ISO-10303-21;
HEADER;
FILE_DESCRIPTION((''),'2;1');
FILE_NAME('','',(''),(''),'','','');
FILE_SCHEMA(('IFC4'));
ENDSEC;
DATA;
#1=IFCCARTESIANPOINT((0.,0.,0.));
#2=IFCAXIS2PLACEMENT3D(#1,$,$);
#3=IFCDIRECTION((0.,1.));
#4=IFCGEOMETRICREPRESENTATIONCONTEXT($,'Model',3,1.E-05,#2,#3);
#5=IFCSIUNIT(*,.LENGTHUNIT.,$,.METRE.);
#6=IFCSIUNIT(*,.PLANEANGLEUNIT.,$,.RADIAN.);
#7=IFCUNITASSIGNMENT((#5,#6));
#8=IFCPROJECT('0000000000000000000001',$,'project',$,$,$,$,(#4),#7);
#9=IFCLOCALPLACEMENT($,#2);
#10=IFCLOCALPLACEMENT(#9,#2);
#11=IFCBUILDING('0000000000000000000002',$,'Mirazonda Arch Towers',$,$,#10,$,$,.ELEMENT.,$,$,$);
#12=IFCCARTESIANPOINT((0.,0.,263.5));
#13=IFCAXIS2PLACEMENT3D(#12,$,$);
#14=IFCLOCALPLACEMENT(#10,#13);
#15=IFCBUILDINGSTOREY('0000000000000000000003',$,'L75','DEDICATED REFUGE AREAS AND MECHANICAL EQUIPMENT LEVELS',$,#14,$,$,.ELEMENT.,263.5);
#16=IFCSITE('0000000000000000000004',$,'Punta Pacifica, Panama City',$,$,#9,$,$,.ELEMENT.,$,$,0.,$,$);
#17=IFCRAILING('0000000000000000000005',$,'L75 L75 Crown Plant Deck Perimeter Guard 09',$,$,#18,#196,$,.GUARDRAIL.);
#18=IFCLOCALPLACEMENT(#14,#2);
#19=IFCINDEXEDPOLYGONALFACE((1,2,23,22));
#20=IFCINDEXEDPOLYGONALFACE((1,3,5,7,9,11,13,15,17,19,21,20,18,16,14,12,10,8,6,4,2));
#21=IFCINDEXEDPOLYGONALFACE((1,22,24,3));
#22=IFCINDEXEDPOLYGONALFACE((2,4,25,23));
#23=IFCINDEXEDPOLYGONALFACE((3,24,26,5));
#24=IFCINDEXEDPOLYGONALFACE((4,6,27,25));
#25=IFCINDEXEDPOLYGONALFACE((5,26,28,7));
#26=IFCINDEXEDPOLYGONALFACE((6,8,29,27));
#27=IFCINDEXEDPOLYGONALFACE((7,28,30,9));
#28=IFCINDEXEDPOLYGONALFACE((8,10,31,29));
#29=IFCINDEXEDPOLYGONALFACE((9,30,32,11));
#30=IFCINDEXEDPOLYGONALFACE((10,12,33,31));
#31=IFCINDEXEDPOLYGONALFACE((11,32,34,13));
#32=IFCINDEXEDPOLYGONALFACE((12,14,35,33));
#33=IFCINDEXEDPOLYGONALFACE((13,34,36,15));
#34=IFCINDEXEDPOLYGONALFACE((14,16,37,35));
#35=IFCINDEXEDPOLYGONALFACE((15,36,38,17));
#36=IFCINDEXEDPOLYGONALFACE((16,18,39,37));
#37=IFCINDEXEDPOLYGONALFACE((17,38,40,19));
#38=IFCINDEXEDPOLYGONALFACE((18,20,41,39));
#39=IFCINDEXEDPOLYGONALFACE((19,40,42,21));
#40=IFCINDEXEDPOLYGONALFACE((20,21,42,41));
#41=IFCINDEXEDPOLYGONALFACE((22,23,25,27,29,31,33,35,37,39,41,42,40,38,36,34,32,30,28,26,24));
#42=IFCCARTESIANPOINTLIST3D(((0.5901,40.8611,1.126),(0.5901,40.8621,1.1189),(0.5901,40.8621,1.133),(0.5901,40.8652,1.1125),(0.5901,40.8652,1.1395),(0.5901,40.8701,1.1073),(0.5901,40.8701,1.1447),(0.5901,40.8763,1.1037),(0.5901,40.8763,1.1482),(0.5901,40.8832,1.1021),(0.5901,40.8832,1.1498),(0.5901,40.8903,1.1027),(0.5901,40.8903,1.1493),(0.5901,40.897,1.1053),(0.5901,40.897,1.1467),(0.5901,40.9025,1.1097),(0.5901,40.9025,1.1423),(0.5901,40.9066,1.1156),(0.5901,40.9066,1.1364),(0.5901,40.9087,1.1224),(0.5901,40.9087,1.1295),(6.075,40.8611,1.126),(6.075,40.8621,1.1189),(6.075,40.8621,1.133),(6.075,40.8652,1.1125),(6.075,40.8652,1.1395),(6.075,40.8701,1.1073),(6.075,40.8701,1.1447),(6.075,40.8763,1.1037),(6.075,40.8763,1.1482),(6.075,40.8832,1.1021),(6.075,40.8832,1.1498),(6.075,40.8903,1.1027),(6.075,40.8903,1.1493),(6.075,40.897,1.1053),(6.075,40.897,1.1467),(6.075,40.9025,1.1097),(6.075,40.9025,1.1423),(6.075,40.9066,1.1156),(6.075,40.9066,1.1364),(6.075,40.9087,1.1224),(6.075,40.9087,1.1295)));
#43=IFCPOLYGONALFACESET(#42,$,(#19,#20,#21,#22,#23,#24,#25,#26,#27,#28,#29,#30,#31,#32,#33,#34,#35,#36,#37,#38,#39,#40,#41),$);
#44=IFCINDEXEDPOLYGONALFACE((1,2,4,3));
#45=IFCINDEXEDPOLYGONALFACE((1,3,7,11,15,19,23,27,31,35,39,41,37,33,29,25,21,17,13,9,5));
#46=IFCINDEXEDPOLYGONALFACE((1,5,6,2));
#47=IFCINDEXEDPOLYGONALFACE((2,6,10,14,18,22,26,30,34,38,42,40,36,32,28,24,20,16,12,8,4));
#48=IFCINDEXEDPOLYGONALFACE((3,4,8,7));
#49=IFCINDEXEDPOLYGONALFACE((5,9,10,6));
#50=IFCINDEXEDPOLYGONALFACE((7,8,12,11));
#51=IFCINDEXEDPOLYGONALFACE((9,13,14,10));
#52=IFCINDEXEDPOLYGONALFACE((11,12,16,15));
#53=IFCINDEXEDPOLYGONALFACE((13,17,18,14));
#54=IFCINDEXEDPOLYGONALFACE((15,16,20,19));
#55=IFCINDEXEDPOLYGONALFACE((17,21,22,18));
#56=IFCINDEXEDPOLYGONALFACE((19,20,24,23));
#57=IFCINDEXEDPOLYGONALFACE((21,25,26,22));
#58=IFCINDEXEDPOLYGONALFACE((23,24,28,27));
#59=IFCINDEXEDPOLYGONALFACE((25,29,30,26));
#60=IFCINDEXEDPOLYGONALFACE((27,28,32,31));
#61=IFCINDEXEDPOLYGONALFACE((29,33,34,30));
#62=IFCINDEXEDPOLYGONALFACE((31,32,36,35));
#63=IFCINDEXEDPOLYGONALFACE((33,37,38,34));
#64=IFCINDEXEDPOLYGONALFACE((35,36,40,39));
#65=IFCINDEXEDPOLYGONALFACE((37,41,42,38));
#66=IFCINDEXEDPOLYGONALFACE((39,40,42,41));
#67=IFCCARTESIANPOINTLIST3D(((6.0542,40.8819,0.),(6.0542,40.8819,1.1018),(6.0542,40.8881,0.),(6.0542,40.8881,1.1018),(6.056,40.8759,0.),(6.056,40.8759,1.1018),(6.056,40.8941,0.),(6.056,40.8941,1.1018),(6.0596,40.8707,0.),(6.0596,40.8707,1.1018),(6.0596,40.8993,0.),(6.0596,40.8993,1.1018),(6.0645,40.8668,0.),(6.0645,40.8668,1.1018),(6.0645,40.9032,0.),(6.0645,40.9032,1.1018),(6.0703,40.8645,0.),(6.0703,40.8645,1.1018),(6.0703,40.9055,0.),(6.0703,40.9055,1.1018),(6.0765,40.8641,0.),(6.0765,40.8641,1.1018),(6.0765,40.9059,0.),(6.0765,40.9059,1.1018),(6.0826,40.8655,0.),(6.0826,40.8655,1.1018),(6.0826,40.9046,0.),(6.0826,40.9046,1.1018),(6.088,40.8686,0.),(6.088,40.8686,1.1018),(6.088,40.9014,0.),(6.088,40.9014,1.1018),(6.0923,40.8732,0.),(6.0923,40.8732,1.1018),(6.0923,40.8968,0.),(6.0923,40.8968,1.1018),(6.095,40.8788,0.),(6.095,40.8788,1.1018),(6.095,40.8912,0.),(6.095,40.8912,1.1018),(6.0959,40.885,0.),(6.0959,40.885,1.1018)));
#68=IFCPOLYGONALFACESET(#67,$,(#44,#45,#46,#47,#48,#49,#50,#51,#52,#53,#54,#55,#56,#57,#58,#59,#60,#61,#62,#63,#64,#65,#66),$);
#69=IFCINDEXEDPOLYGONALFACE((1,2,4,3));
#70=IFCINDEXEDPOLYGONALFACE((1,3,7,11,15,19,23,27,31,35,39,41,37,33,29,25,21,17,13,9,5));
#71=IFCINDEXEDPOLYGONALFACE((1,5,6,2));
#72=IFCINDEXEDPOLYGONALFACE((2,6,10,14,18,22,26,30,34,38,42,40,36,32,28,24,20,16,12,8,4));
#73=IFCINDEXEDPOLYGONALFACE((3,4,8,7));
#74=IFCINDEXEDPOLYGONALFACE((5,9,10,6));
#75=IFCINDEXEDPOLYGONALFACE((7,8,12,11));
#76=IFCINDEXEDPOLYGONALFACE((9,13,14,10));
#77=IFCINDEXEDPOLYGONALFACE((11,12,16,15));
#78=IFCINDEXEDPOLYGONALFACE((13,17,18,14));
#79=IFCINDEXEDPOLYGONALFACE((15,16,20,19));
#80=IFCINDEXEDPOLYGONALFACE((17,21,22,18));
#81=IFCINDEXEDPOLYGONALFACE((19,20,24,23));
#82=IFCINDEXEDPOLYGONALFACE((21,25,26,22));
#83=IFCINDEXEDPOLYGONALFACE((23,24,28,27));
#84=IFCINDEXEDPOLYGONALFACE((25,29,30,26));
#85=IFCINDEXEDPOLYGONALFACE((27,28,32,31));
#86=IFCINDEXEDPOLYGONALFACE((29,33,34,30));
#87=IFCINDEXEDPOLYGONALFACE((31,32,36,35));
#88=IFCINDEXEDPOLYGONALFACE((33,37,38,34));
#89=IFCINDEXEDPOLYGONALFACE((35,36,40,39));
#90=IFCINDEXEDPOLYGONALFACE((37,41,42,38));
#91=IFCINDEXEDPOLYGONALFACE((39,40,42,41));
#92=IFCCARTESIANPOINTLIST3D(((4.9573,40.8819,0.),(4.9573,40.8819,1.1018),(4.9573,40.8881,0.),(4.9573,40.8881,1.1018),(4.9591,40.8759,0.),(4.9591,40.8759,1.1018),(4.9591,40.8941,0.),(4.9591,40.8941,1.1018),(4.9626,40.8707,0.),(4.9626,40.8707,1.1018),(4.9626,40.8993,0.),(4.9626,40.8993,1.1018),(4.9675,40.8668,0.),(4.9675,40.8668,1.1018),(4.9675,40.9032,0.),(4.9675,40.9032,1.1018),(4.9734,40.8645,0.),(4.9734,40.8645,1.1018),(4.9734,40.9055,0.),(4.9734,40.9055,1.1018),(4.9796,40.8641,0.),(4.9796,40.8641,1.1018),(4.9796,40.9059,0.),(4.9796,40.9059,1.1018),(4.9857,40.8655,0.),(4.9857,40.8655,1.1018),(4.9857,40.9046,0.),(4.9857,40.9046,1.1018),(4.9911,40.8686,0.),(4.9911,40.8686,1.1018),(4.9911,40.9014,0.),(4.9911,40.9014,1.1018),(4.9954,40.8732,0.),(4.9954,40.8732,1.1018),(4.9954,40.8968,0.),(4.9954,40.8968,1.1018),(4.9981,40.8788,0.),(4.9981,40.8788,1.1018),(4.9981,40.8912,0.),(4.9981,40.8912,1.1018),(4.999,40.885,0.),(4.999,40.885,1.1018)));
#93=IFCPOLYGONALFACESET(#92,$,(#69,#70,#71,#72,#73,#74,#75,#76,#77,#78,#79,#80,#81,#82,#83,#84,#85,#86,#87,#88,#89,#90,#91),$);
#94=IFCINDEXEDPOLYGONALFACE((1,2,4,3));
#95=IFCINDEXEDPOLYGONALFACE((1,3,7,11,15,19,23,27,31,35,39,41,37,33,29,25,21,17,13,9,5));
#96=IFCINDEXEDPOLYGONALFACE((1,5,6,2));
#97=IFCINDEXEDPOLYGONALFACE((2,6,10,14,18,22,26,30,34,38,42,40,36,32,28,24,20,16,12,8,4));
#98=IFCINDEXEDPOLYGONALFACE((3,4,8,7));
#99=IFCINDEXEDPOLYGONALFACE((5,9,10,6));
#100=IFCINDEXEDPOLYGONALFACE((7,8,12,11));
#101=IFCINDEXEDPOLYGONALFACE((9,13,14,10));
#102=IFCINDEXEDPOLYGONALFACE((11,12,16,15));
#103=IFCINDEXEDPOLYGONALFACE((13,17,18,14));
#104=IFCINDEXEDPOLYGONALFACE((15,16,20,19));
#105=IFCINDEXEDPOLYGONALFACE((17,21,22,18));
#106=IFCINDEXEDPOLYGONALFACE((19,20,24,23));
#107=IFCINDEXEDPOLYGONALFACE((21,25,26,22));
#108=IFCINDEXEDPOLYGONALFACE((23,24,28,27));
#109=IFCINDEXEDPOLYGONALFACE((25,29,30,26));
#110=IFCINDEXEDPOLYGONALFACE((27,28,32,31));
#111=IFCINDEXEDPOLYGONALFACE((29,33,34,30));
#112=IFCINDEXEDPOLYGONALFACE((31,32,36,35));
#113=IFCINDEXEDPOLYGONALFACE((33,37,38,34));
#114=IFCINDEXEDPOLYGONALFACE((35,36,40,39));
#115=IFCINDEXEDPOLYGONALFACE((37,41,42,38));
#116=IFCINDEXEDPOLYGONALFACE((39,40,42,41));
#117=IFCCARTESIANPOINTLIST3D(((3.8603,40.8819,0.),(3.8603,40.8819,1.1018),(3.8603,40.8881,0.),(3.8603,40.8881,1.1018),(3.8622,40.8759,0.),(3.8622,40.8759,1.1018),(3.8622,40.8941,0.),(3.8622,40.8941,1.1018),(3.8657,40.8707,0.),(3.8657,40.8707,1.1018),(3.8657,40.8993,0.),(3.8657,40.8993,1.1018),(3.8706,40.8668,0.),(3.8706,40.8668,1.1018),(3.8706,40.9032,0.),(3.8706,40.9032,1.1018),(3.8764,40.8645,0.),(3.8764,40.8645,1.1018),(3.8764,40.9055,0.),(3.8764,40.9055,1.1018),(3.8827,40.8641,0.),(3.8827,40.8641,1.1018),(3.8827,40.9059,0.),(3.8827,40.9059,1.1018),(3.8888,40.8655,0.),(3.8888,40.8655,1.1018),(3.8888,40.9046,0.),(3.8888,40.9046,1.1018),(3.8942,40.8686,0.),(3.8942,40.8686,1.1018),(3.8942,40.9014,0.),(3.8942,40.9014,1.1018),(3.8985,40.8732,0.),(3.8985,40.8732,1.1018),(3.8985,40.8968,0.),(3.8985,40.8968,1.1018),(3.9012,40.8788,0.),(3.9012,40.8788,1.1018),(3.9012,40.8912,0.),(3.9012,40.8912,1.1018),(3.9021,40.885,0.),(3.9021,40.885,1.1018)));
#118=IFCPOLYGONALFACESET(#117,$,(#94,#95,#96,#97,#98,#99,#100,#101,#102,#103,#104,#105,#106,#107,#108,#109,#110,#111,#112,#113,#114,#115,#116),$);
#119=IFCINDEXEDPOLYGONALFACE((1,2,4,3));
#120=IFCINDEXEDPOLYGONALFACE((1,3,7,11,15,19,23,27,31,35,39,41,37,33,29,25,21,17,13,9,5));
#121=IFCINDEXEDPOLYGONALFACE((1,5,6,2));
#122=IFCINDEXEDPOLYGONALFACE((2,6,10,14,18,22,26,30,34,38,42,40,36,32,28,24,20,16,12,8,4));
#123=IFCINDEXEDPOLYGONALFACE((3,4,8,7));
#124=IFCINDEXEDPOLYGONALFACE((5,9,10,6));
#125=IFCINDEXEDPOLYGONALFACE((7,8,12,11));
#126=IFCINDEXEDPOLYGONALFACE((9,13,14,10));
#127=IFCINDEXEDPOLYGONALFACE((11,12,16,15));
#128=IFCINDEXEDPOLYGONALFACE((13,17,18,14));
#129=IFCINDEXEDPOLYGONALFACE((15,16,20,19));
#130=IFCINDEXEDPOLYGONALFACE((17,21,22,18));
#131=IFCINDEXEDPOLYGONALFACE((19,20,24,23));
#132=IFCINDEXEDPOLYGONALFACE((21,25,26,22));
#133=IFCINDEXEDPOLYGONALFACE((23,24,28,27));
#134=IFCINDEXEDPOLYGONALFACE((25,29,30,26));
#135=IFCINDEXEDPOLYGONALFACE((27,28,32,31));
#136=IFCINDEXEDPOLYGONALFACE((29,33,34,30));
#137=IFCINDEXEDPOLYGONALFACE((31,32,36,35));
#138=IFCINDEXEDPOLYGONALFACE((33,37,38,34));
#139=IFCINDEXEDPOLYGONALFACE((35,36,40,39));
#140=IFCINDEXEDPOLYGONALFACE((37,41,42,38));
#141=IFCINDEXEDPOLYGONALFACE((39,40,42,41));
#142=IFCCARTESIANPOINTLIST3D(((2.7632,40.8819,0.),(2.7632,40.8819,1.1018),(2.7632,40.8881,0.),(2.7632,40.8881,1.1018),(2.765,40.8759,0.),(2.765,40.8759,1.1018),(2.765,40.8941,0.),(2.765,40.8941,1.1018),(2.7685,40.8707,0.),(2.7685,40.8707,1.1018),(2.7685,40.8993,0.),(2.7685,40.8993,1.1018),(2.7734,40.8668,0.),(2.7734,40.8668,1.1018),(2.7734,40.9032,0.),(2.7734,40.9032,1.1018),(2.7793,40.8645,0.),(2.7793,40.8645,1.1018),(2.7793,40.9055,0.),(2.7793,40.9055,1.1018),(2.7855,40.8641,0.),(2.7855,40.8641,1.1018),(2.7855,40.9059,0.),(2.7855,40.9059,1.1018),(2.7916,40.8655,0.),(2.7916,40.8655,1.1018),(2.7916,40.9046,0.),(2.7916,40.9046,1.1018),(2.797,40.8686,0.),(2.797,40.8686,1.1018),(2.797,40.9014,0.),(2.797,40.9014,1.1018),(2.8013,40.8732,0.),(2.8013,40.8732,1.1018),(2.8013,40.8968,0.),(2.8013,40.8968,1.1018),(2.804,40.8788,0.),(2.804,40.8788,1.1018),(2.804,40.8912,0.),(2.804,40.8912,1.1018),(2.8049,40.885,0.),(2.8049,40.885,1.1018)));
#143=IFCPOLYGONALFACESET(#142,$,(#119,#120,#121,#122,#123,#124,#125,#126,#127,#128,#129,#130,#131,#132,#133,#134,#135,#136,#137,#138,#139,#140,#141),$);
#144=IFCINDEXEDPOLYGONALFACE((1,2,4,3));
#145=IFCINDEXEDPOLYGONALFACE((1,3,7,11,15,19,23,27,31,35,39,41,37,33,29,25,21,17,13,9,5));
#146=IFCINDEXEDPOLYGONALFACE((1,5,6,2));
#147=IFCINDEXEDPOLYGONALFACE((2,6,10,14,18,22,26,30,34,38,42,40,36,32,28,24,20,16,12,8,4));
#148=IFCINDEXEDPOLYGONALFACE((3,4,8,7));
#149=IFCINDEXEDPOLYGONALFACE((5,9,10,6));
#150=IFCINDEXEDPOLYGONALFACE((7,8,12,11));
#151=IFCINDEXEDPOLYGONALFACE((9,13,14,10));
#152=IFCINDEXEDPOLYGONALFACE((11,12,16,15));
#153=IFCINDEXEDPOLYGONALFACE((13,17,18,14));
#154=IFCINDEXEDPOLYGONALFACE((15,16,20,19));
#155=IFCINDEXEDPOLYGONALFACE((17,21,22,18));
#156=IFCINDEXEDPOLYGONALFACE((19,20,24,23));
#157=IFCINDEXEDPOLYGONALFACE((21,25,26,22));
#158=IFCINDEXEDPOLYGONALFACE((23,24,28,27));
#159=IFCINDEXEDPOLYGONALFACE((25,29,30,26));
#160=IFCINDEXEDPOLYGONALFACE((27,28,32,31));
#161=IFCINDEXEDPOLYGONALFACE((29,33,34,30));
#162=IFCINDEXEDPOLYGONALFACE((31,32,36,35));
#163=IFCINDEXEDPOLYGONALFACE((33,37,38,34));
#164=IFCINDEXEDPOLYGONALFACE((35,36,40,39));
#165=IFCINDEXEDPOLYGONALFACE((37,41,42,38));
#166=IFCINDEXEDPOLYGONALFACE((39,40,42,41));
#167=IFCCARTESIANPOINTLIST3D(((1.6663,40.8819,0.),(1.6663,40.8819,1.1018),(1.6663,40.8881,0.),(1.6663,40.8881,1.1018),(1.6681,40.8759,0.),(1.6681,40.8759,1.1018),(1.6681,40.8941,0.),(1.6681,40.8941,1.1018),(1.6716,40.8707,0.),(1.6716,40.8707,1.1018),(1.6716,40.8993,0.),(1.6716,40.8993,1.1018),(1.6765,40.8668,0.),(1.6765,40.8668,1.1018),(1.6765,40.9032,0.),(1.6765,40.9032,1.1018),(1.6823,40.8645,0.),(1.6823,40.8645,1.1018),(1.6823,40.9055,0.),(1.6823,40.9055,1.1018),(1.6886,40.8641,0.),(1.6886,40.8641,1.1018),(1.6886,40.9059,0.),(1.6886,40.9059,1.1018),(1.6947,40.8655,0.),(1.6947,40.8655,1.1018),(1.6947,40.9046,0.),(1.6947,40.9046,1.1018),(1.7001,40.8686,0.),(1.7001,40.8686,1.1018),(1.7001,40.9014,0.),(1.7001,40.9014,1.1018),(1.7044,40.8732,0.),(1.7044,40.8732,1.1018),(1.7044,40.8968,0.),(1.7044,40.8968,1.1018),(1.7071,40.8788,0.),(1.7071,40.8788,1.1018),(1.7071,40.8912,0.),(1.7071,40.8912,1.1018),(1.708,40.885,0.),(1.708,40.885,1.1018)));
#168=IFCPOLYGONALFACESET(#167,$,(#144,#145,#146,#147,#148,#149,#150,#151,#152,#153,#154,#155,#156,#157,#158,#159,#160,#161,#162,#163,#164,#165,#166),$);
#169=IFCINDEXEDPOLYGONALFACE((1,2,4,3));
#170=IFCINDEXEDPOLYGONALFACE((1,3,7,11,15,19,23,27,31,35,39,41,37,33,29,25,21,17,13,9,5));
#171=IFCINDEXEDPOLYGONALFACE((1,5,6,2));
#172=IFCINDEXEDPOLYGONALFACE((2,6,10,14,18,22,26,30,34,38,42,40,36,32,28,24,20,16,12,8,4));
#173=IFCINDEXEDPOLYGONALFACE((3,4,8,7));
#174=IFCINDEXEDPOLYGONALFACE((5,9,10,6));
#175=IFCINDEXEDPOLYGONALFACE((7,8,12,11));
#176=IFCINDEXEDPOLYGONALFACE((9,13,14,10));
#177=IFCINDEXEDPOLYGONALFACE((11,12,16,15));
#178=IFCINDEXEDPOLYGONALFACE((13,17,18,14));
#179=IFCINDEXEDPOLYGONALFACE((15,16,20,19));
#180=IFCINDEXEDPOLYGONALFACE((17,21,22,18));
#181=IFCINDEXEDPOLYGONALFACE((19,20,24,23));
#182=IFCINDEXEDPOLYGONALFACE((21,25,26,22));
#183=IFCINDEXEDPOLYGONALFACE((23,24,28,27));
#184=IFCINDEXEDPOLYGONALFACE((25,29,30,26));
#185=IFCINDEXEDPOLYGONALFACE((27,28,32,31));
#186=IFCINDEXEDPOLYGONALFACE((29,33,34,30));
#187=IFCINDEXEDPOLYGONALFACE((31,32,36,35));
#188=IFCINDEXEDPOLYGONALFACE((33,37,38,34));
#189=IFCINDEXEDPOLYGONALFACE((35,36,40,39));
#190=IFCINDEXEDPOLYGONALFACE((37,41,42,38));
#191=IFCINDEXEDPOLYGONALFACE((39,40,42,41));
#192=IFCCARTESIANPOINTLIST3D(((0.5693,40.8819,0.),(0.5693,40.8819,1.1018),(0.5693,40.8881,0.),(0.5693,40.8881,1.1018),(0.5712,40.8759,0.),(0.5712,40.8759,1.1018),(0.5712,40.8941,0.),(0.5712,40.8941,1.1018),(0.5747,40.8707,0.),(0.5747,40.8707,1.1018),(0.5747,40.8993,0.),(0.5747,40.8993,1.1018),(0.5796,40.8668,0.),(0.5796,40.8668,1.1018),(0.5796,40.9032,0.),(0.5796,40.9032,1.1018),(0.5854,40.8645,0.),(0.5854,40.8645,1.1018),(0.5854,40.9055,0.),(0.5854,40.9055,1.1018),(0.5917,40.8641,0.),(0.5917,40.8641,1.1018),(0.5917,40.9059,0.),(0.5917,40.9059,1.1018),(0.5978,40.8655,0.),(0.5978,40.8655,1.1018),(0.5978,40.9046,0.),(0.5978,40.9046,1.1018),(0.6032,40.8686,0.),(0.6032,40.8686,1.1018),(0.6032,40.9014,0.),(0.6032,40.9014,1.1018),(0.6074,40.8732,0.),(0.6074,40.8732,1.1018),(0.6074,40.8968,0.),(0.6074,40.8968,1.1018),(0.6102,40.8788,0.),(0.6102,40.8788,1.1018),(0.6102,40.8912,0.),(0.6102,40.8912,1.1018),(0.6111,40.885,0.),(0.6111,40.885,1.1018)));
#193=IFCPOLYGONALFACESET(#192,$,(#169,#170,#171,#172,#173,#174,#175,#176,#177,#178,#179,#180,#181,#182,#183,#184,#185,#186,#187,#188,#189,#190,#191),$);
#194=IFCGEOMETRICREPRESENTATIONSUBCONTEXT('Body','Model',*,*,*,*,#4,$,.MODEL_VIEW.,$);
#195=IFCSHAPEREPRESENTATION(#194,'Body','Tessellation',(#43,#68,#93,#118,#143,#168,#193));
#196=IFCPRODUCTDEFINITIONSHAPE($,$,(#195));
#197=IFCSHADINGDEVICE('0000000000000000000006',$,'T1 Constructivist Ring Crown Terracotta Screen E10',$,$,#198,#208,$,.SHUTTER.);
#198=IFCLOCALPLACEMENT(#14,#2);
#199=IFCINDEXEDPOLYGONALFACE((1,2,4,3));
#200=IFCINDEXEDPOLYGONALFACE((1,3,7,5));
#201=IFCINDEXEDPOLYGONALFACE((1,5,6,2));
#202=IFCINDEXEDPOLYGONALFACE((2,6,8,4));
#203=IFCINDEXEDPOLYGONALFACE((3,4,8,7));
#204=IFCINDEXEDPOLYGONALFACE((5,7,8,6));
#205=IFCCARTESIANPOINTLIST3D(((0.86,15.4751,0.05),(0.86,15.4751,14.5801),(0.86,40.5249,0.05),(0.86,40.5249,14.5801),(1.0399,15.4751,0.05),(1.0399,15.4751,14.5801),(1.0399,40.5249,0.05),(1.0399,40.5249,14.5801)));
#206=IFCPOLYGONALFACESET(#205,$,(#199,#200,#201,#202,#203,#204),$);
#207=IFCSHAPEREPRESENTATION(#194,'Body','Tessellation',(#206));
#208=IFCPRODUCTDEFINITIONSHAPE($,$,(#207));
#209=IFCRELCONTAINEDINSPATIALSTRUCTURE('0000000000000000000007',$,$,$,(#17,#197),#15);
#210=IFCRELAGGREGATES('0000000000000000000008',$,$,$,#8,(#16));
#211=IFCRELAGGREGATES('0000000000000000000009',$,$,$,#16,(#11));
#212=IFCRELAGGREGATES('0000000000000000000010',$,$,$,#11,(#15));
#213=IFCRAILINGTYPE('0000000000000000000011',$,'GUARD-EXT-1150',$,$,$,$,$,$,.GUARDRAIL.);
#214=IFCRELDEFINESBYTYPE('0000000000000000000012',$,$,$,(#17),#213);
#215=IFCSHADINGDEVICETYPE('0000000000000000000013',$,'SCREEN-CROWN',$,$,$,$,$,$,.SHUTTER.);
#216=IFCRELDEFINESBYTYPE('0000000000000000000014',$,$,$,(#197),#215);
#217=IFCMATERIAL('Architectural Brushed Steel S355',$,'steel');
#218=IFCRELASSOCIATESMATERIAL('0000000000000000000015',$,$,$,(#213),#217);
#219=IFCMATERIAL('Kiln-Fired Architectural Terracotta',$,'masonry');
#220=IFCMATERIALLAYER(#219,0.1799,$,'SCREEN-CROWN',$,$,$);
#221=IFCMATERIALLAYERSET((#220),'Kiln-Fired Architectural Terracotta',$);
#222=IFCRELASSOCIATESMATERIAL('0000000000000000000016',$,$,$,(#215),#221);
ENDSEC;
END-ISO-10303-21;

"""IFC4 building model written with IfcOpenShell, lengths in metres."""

from ifc_helpers import new_model, si_unit, direction, frame, frame_2d, origin, origin_2d, place, context, subcontext, project, spatial, rectangle, circle, extrude, material, layer, layer_set, type_object, element, save


model = new_model("IFC4")

# Units and contexts
model_context = context("Model", 3, precision=1e-05, world=origin(), true_north=direction((0.0, 1.0)))
body_context = subcontext(model_context, "Body", "Model", "MODEL_VIEW")
ifc_project = project(units=[si_unit("LENGTHUNIT", "METRE"), si_unit("PLANEANGLEUNIT", "RADIAN")], contexts=[model_context])

# Site, building, storey
site_placement = place(None, origin())
site = spatial("IfcSite", under=ifc_project, at=site_placement, Name="Punta Pacifica, Panama City", CompositionType="ELEMENT", RefElevation=0.0)
building_placement = place(site_placement, origin())
building = spatial("IfcBuilding", under=site, at=building_placement, Name="Mirazonda Arch Towers", CompositionType="ELEMENT")
storey_placement = place(building_placement, frame((0.0, 0.0, 263.5)))
storey = spatial("IfcBuildingStorey", under=building, at=storey_placement, Name="L75", Description="DEDICATED REFUGE AREAS AND MECHANICAL EQUIPMENT LEVELS", CompositionType="ELEMENT", Elevation=263.5)

# Railing
ifc_material_1 = material(Name="Architectural Brushed Steel S355", Category="steel")
railing_type = type_object("IfcRailingType", Name="GUARD-EXT-1150", PredefinedType="GUARDRAIL", material=ifc_material_1)
railing_1_placement = place(storey_placement, frame((6.075, 40.885, 0.0)))
element("IfcRailing", 1, at=railing_1_placement, inside=storey, type_object=railing_type, Name="L75 L75 Crown Plant Deck Perimeter Guard 09", PredefinedType="GUARDRAIL", context=body_context, shape_type="SweptSolid", body=[
    extrude(circle(Radius=0.0239, at=origin_2d()), frame((0.0, 0.0, 1.126), z_axis=(-1.0, 0.0, 0.0), x_axis=(0.0, -1.0, 0.0)), (0.0, 0.0, 1.0), 5.4849),
    extrude(circle(Radius=0.021, at=origin_2d()), origin(), (0.0, 0.0, 1.0), 1.1018),
    extrude(circle(Radius=0.021, at=origin_2d()), frame((-1.0969, 0.0, 0.0)), (0.0, 0.0, 1.0), 1.1018),
    extrude(circle(Radius=0.021, at=origin_2d()), frame((-2.1938, 0.0, 0.0)), (0.0, 0.0, 1.0), 1.1018),
    extrude(circle(Radius=0.021, at=origin_2d()), frame((-3.291, 0.0, 0.0)), (0.0, 0.0, 1.0), 1.1018),
    extrude(circle(Radius=0.021, at=origin_2d()), frame((-4.3879, 0.0, 0.0)), (0.0, 0.0, 1.0), 1.1018),
    extrude(circle(Radius=0.021, at=origin_2d()), frame((-5.4849, 0.0, 0.0)), (0.0, 0.0, 1.0), 1.1018),
])

# Shading device
ifc_material_2 = material(Name="Kiln-Fired Architectural Terracotta", Category="masonry")
ifc_layer_1 = layer(ifc_material_2, 0.1799, Name="SCREEN-CROWN")
ifc_layer_set_1 = layer_set([ifc_layer_1], Name="Kiln-Fired Architectural Terracotta")
shading_device_type = type_object("IfcShadingDeviceType", Name="SCREEN-CROWN", PredefinedType="SHUTTER", material=ifc_layer_set_1)
shading_device_placement = place(storey_placement, frame((0.95, 40.5249, 0.05), z_axis=(0.0, 0.0, 1.0), x_axis=(0.0, -1.0, 0.0)))
element("IfcShadingDevice", 2, at=shading_device_placement, inside=storey, type_object=shading_device_type, Name="T1 Constructivist Ring Crown Terracotta Screen E10", PredefinedType="SHUTTER", context=body_context, shape_type="SweptSolid", body=[
    extrude(rectangle(XDim=25.0498, YDim=0.1799, at=frame_2d((12.5249, 0.0))), origin(), (0.0, 0.0, 1.0), 14.53),
])

save(model, "model.ifc")
